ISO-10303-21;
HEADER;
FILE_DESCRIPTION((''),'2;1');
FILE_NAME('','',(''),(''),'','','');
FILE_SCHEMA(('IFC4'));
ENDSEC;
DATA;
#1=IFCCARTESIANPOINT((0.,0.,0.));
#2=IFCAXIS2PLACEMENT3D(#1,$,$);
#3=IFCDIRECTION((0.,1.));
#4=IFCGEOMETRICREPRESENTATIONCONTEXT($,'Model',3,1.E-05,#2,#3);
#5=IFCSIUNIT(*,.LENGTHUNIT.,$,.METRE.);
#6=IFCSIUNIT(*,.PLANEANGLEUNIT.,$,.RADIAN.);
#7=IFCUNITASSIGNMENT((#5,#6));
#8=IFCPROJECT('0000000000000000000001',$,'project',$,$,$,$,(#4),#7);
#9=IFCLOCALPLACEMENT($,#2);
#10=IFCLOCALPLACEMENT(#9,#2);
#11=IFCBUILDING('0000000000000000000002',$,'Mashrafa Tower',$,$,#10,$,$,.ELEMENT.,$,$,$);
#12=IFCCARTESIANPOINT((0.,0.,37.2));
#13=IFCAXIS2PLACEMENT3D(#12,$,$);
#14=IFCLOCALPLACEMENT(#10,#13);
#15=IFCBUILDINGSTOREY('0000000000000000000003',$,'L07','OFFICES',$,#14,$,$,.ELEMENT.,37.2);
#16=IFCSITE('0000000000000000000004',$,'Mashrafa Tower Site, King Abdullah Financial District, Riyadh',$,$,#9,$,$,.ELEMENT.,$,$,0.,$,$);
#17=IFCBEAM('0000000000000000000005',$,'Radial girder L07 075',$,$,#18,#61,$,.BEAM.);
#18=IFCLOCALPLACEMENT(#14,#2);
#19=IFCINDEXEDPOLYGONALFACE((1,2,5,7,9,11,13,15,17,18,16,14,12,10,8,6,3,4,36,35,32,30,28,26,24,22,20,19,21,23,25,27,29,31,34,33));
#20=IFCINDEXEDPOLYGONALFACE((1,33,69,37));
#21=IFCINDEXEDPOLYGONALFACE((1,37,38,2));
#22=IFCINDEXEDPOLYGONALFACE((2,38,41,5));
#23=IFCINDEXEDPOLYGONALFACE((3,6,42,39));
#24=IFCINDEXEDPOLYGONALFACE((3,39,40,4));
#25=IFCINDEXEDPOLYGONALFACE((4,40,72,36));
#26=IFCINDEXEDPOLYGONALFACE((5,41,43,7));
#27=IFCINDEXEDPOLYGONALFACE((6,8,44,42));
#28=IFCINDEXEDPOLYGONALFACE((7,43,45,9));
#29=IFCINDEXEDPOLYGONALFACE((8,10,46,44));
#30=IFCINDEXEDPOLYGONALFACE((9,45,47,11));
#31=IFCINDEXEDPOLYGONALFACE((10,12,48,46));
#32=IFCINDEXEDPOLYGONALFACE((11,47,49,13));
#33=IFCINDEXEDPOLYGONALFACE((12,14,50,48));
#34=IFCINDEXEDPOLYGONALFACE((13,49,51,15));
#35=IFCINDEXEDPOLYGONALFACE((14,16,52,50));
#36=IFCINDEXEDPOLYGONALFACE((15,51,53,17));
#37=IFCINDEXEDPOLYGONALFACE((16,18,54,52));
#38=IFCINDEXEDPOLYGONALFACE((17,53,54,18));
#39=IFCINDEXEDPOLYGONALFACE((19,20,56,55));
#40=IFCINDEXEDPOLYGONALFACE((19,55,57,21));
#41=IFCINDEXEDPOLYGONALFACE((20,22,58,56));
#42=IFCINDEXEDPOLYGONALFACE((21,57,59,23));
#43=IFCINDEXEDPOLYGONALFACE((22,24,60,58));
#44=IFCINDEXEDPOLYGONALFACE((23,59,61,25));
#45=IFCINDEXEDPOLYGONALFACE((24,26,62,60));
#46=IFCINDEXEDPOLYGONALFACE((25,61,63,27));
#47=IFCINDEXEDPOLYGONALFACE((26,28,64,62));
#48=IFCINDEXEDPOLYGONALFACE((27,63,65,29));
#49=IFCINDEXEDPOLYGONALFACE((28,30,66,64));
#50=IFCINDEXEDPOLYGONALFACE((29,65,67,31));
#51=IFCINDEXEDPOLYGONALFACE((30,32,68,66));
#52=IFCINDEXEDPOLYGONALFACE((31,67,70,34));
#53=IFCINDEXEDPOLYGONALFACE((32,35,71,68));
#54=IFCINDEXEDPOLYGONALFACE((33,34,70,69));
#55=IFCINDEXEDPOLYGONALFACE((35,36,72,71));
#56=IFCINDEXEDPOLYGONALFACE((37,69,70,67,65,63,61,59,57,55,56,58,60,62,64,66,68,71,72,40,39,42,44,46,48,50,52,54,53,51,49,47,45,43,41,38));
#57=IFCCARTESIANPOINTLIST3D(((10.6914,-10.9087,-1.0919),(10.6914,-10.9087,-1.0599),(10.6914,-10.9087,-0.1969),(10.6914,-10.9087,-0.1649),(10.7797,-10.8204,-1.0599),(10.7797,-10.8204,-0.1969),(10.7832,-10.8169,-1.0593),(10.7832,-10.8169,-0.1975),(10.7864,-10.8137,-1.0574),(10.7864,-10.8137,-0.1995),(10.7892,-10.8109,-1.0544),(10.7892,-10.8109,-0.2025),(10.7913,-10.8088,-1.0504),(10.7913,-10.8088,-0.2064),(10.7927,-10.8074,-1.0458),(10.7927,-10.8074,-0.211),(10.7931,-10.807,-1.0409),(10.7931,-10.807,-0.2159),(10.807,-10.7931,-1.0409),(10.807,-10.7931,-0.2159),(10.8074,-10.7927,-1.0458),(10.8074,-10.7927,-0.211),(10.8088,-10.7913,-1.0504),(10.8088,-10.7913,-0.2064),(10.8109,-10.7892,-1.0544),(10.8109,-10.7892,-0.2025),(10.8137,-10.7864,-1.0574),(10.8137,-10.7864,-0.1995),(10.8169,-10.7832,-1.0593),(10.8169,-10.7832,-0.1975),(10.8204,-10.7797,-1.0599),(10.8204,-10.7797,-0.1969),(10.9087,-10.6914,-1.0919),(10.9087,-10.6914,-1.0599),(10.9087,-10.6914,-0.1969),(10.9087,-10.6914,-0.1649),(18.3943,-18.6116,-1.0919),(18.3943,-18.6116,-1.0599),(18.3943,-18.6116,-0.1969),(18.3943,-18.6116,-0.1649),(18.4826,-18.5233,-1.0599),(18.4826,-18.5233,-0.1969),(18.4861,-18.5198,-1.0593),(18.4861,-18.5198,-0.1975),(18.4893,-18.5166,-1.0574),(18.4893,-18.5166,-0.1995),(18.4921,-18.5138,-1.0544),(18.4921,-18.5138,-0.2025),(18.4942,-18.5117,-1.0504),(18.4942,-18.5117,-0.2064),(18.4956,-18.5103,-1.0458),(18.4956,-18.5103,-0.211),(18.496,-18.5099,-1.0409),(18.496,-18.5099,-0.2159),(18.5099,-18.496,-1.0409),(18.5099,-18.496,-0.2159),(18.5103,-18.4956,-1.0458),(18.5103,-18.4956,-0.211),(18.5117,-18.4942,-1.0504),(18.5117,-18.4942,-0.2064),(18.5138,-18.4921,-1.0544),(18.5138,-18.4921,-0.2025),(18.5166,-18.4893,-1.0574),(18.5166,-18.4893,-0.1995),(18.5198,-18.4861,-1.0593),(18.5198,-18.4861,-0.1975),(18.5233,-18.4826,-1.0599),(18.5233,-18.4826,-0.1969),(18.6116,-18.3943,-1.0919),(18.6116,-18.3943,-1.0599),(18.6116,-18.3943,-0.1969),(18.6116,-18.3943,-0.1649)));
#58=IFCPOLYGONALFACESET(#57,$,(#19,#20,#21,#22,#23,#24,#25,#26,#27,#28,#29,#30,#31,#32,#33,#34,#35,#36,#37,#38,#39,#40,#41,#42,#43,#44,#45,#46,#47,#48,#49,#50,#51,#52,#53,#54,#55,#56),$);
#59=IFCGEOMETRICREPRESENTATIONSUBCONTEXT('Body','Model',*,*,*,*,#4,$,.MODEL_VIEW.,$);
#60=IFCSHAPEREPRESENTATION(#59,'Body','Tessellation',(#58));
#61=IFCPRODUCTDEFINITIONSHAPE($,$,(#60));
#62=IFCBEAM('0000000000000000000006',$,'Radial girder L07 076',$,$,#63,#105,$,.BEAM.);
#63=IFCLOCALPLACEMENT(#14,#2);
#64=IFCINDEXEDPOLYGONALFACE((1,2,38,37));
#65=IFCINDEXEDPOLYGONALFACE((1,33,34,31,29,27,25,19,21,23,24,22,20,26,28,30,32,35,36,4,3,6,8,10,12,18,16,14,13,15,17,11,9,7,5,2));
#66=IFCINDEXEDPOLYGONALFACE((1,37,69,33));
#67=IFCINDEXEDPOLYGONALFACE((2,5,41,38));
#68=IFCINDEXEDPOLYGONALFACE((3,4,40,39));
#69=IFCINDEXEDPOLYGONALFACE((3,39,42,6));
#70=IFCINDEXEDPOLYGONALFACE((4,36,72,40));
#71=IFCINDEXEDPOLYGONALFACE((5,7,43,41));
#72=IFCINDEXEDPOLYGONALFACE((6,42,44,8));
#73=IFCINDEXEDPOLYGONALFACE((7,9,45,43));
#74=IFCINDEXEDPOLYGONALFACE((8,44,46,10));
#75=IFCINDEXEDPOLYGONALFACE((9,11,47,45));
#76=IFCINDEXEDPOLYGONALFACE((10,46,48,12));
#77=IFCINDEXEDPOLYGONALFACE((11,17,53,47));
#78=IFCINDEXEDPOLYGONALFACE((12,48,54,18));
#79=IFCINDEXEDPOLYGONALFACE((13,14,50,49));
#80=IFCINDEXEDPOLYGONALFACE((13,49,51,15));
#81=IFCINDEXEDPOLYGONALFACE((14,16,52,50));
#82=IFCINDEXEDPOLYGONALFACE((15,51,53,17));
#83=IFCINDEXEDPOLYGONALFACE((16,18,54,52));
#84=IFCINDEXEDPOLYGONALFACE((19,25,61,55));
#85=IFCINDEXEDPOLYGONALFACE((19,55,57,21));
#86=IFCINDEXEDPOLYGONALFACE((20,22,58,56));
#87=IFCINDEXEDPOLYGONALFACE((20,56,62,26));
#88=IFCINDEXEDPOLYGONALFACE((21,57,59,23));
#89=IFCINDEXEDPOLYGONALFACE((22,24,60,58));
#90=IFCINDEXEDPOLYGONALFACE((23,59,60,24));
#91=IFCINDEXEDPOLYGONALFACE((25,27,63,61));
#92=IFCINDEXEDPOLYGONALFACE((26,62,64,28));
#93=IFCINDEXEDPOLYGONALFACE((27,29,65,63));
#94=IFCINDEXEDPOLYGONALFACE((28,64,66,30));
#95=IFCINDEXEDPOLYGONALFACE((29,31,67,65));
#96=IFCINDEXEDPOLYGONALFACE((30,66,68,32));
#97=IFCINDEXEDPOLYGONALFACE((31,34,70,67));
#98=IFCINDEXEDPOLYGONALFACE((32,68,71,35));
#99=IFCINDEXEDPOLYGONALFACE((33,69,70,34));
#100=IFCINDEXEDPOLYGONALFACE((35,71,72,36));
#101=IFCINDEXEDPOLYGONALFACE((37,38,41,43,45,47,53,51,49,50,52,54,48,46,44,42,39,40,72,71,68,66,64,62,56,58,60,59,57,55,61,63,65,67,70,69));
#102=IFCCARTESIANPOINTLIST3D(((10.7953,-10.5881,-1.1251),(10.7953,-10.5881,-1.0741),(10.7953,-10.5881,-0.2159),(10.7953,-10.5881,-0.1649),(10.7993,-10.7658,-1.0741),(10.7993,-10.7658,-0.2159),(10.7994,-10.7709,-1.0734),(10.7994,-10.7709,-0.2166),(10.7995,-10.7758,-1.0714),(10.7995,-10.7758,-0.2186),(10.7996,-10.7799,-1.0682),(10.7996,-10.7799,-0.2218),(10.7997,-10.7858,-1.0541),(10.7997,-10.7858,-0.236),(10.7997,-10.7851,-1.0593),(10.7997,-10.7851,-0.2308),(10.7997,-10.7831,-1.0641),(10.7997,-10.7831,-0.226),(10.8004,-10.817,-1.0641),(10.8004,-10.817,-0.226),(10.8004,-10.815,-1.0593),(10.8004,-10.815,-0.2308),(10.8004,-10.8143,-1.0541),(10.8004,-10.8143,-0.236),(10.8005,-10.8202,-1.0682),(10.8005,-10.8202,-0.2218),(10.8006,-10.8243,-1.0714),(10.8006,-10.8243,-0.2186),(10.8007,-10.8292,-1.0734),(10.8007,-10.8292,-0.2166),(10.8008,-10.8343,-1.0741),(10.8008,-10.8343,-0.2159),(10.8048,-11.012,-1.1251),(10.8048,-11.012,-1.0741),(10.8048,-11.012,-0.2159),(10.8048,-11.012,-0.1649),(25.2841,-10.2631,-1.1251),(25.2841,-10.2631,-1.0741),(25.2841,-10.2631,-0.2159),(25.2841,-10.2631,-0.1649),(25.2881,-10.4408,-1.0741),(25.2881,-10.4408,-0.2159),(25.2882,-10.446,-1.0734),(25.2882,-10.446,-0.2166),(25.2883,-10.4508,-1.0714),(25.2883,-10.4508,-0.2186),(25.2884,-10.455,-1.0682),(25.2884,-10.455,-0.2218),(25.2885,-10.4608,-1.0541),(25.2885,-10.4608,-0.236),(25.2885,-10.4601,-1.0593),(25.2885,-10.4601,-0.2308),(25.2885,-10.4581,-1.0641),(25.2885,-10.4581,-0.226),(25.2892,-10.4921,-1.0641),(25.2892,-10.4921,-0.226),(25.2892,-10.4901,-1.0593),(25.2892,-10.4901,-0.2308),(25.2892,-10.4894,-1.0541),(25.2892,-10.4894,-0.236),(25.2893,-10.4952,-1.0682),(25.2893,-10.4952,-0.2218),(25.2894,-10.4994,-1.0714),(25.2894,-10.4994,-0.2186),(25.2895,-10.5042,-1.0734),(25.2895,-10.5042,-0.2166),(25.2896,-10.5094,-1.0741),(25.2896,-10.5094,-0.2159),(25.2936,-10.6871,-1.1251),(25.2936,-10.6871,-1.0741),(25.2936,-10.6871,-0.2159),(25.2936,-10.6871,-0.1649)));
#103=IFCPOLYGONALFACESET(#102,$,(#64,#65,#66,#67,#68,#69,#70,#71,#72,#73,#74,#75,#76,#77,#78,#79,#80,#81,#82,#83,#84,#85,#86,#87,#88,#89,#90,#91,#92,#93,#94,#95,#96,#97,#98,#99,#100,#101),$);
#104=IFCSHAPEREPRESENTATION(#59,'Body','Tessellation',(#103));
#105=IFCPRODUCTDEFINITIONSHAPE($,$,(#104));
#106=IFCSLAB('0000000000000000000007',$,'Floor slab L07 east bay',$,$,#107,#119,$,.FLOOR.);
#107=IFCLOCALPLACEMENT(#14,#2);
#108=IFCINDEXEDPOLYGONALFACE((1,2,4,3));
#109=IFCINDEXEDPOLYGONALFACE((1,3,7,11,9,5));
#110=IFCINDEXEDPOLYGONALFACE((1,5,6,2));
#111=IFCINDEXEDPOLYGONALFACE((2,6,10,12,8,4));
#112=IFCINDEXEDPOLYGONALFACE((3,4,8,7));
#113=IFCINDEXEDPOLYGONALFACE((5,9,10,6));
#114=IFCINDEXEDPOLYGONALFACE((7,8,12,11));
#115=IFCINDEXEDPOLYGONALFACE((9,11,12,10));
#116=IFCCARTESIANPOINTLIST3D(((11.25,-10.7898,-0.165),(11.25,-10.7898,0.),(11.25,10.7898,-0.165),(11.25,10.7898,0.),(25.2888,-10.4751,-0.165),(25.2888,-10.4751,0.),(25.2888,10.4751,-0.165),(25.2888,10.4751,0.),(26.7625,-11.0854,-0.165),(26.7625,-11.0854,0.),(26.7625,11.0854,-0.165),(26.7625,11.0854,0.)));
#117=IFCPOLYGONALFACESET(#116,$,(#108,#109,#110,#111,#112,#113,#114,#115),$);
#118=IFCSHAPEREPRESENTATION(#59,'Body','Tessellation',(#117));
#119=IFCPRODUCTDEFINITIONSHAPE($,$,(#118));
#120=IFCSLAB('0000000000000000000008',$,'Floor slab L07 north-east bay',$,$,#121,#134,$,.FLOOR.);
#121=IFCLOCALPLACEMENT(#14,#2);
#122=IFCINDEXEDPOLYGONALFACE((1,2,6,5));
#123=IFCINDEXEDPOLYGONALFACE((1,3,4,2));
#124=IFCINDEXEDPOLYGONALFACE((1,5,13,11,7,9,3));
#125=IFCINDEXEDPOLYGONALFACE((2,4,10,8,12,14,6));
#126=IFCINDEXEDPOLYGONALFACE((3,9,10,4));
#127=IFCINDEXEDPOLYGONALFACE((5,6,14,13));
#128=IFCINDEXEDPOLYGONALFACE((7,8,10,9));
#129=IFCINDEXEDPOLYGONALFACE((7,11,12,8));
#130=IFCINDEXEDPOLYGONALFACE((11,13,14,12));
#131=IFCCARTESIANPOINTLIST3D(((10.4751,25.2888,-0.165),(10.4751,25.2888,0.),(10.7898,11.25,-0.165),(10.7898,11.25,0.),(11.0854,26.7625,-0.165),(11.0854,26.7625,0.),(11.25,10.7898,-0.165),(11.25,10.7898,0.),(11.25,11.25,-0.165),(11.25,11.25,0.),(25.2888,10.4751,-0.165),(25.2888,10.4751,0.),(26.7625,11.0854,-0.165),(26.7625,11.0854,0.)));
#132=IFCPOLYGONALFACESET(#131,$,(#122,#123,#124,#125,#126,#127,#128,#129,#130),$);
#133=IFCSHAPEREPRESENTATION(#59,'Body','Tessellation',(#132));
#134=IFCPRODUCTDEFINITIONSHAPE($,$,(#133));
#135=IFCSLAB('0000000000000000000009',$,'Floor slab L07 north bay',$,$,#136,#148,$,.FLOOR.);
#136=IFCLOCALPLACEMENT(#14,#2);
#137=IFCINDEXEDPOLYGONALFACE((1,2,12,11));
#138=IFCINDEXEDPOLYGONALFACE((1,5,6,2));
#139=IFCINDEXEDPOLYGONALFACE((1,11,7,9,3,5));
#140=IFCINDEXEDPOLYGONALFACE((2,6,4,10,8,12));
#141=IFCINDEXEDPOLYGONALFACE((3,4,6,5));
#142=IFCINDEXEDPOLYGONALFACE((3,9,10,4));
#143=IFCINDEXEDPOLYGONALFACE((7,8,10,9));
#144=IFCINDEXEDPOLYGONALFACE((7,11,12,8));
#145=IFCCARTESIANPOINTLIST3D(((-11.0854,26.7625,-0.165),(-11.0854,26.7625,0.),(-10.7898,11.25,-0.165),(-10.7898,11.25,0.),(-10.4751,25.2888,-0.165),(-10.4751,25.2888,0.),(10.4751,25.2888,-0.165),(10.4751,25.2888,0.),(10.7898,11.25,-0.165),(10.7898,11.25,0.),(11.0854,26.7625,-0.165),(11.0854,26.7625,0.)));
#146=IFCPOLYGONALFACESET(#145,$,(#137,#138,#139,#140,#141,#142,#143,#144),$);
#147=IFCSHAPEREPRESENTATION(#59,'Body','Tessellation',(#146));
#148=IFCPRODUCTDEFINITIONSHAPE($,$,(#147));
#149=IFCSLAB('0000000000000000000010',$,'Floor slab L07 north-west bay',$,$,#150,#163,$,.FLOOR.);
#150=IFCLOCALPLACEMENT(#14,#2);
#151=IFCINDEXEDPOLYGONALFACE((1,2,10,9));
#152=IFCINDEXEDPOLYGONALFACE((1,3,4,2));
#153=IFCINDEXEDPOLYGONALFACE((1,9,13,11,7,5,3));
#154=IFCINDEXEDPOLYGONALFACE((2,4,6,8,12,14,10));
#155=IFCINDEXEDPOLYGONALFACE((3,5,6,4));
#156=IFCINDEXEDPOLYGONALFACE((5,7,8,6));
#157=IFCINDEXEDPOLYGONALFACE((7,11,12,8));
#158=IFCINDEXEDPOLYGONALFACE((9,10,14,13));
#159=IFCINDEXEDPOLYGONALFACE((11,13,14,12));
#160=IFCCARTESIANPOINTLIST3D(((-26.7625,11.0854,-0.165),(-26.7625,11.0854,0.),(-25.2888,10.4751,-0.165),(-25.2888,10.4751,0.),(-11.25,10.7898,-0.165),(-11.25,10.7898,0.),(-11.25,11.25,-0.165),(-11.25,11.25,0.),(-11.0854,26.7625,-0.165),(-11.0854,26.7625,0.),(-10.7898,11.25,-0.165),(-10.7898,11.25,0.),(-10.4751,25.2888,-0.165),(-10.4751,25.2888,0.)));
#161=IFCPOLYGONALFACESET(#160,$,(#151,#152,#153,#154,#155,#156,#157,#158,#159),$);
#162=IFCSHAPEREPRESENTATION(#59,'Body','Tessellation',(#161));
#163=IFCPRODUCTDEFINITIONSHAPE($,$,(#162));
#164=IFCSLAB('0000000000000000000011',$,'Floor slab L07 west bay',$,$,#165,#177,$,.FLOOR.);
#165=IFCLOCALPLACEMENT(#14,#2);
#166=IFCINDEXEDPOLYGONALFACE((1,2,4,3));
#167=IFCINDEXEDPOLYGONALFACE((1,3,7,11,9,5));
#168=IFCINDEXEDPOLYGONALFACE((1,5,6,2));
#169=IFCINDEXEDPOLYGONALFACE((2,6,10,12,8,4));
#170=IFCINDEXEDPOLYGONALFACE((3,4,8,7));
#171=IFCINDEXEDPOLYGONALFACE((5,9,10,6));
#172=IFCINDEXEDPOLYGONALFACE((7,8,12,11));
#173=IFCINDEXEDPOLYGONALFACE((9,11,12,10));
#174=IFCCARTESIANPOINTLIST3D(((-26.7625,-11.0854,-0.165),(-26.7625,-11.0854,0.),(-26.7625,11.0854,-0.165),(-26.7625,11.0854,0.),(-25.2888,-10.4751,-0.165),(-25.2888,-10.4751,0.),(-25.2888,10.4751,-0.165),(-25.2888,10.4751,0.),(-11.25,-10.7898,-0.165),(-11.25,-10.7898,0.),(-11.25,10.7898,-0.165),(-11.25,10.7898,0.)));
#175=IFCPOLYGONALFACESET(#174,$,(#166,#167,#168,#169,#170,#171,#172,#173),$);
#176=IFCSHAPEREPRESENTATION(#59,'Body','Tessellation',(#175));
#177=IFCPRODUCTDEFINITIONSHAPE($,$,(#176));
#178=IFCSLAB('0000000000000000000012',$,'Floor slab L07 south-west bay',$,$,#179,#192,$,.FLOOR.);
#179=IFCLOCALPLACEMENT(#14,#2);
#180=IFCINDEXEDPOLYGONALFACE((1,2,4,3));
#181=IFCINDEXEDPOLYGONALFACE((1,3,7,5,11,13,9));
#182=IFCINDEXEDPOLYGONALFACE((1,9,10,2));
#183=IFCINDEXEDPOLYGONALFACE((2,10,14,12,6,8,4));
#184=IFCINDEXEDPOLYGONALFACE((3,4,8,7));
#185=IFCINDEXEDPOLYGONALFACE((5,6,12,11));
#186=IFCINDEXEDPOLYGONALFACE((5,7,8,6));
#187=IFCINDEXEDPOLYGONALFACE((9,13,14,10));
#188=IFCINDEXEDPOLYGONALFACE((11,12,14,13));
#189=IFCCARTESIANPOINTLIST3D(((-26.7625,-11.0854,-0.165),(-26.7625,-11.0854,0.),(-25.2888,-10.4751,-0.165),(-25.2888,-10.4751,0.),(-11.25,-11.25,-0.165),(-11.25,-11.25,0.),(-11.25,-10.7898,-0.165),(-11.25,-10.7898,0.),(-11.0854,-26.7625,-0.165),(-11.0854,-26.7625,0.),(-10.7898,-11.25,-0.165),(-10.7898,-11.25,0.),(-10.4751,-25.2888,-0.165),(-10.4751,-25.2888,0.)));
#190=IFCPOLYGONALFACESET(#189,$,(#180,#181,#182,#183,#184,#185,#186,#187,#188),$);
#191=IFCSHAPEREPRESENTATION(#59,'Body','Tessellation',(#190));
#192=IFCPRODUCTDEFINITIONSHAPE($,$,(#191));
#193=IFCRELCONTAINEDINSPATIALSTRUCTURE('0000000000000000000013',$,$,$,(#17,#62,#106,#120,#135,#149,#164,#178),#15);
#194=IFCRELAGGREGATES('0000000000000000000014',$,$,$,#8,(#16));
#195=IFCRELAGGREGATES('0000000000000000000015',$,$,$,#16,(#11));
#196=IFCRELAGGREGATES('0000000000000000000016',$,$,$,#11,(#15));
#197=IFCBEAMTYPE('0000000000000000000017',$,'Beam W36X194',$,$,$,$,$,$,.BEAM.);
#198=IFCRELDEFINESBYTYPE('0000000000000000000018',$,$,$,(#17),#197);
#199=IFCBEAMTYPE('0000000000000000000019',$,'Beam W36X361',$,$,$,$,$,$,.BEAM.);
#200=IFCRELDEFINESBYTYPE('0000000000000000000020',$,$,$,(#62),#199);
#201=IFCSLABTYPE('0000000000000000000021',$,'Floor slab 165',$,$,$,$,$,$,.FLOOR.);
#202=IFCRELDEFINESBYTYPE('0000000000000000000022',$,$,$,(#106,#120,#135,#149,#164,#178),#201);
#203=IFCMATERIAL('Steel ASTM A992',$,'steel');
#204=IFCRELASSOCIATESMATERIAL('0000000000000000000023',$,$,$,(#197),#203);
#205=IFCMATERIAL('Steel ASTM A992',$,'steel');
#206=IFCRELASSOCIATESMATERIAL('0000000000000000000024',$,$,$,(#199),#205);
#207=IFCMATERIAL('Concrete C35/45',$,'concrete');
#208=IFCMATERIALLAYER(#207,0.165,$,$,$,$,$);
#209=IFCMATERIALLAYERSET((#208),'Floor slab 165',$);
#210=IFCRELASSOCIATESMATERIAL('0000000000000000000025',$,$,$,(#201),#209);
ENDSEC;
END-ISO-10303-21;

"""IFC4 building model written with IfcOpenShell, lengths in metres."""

from ifc_helpers import new_model, si_unit, direction, frame, origin, origin_2d, place, context, subcontext, project, spatial, polyline, i_section, outline, extrude, material, layer, layer_set, material_profile, profile_set, type_object, element, save


model = new_model("IFC4")

# Units and contexts
model_context = context("Model", 3, precision=1e-05, world=origin(), true_north=direction((0.0, 1.0)))
body_context = subcontext(model_context, "Body", "Model", "MODEL_VIEW")
ifc_project = project(units=[si_unit("LENGTHUNIT", "METRE"), si_unit("PLANEANGLEUNIT", "RADIAN")], contexts=[model_context])

# Site, building, storey
site_placement = place(None, origin())
site = spatial("IfcSite", under=ifc_project, at=site_placement, Name="Mashrafa Tower Site, King Abdullah Financial District, Riyadh", CompositionType="ELEMENT", RefElevation=0.0)
building_placement = place(site_placement, origin())
building = spatial("IfcBuilding", under=site, at=building_placement, Name="Mashrafa Tower", CompositionType="ELEMENT")
storey_placement = place(building_placement, frame((0.0, 0.0, 37.2)))
storey = spatial("IfcBuildingStorey", under=building, at=storey_placement, Name="L07", Description="OFFICES", CompositionType="ELEMENT", Elevation=37.2)

# Beams
ifc_material_1 = material(Name="Steel ASTM A992", Category="steel")
ifc_material_profile_1 = material_profile(ifc_material_1, i_section(OverallWidth=0.3074, OverallDepth=0.927, WebThickness=0.0195, FlangeThickness=0.032, FilletRadius=0.019, at=origin_2d()), Name="W36X194")
ifc_profile_set_1 = profile_set([ifc_material_profile_1], Name="Steel ASTM A992")
beam_type_1 = type_object("IfcBeamType", Name="Beam W36X194", PredefinedType="BEAM", material=ifc_profile_set_1)
beam_1_placement = place(storey_placement, frame((10.8, -10.8, -0.6284), z_axis=(0.707107, -0.707107, 0.0), x_axis=(0.707107, 0.707107, 0.0)))
element("IfcBeam", 1, at=beam_1_placement, inside=storey, type_object=beam_type_1, Name="Radial girder L07 075", PredefinedType="BEAM", context=body_context, shape_type="SweptSolid", body=[
    extrude(i_section(OverallWidth=0.3074, OverallDepth=0.927, WebThickness=0.0195, FlangeThickness=0.032, FilletRadius=0.019, at=origin_2d()), origin(), (0.0, 0.0, 1.0), 10.8936),
])
ifc_material_2 = material(Name="Steel ASTM A992", Category="steel")
ifc_material_profile_2 = material_profile(ifc_material_2, i_section(OverallWidth=0.4241, OverallDepth=0.9602, WebThickness=0.0286, FlangeThickness=0.051, FilletRadius=0.02, at=origin_2d()), Name="W36X361")
ifc_profile_set_2 = profile_set([ifc_material_profile_2], Name="Steel ASTM A992")
beam_type_2 = type_object("IfcBeamType", Name="Beam W36X361", PredefinedType="BEAM", material=ifc_profile_set_2)
beam_2_placement = place(storey_placement, frame((10.8, -10.8, -0.645), z_axis=(0.999749, 0.022422, 0.0), x_axis=(-0.022422, 0.999749, 0.0)))
element("IfcBeam", 2, at=beam_2_placement, inside=storey, type_object=beam_type_2, Name="Radial girder L07 076", PredefinedType="BEAM", context=body_context, shape_type="SweptSolid", body=[
    extrude(i_section(OverallWidth=0.4241, OverallDepth=0.9602, WebThickness=0.0286, FlangeThickness=0.051, FilletRadius=0.02, at=origin_2d()), origin(), (0.0, 0.0, 1.0), 14.4924),
])

# Slabs
ifc_material_3 = material(Name="Concrete C35/45", Category="concrete")
ifc_layer_1 = layer(ifc_material_3, 0.165)
ifc_layer_set_1 = layer_set([ifc_layer_1], Name="Floor slab 165")
slab_type_1 = type_object("IfcSlabType", Name="Floor slab 165", PredefinedType="FLOOR", material=ifc_layer_set_1)
slab_1_placement = place(storey_placement, frame((0.0, 0.0, -0.165)))
element("IfcSlab", 3, at=slab_1_placement, inside=storey, type_object=slab_type_1, Name="Floor slab L07 east bay", PredefinedType="FLOOR", context=body_context, shape_type="SweptSolid", body=[
    extrude(outline(polyline([(26.7625, 11.0854), (26.7625, -11.0854), (26.7625, -11.0854), (25.2888, -10.4751), (11.25, -10.7898), (11.25, 10.7898), (25.2888, 10.4751), (26.7625, 11.0854), (26.7625, 11.0854)])), origin(), (0.0, 0.0, 1.0), 0.165),
])
slab_2_placement = place(storey_placement, frame((0.0, 0.0, -0.165)))
element("IfcSlab", 4, at=slab_2_placement, inside=storey, type_object=slab_type_1, Name="Floor slab L07 north-east bay", PredefinedType="FLOOR", context=body_context, shape_type="SweptSolid", body=[
    extrude(outline(polyline([(26.7625, 11.0854), (25.2888, 10.4751), (11.25, 10.7898), (11.25, 11.25), (10.7898, 11.25), (10.4751, 25.2888), (11.0854, 26.7625), (26.7625, 11.0854)])), origin(), (0.0, 0.0, 1.0), 0.165),
])
slab_3_placement = place(storey_placement, frame((0.0, 0.0, -0.165)))
element("IfcSlab", 5, at=slab_3_placement, inside=storey, type_object=slab_type_1, Name="Floor slab L07 north bay", PredefinedType="FLOOR", context=body_context, shape_type="SweptSolid", body=[
    extrude(outline(polyline([(-11.0854, 26.7625), (11.0854, 26.7625), (11.0854, 26.7625), (10.4751, 25.2888), (10.7898, 11.25), (-10.7898, 11.25), (-10.4751, 25.2888), (-11.0854, 26.7625), (-11.0854, 26.7625)])), origin(), (0.0, 0.0, 1.0), 0.165),
])
slab_4_placement = place(storey_placement, frame((0.0, 0.0, -0.165)))
element("IfcSlab", 6, at=slab_4_placement, inside=storey, type_object=slab_type_1, Name="Floor slab L07 north-west bay", PredefinedType="FLOOR", context=body_context, shape_type="SweptSolid", body=[
    extrude(outline(polyline([(-11.0854, 26.7625), (-10.4751, 25.2888), (-10.7898, 11.25), (-11.25, 11.25), (-11.25, 10.7898), (-25.2888, 10.4751), (-26.7625, 11.0854), (-11.0854, 26.7625)])), origin(), (0.0, 0.0, 1.0), 0.165),
])
slab_5_placement = place(storey_placement, frame((0.0, 0.0, -0.165)))
element("IfcSlab", 7, at=slab_5_placement, inside=storey, type_object=slab_type_1, Name="Floor slab L07 west bay", PredefinedType="FLOOR", context=body_context, shape_type="SweptSolid", body=[
    extrude(outline(polyline([(-26.7625, -11.0854), (-26.7625, 11.0854), (-26.7625, 11.0854), (-25.2888, 10.4751), (-11.25, 10.7898), (-11.25, -10.7898), (-25.2888, -10.4751), (-26.7625, -11.0854), (-26.7625, -11.0854)])), origin(), (0.0, 0.0, 1.0), 0.165),
])
slab_6_placement = place(storey_placement, frame((0.0, 0.0, -0.165)))
element("IfcSlab", 8, at=slab_6_placement, inside=storey, type_object=slab_type_1, Name="Floor slab L07 south-west bay", PredefinedType="FLOOR", context=body_context, shape_type="SweptSolid", body=[
    extrude(outline(polyline([(-26.7625, -11.0854), (-25.2888, -10.4751), (-11.25, -10.7898), (-11.25, -11.25), (-10.7898, -11.25), (-10.4751, -25.2888), (-11.0854, -26.7625), (-26.7625, -11.0854)])), origin(), (0.0, 0.0, 1.0), 0.165),
])

save(model, "model.ifc")
